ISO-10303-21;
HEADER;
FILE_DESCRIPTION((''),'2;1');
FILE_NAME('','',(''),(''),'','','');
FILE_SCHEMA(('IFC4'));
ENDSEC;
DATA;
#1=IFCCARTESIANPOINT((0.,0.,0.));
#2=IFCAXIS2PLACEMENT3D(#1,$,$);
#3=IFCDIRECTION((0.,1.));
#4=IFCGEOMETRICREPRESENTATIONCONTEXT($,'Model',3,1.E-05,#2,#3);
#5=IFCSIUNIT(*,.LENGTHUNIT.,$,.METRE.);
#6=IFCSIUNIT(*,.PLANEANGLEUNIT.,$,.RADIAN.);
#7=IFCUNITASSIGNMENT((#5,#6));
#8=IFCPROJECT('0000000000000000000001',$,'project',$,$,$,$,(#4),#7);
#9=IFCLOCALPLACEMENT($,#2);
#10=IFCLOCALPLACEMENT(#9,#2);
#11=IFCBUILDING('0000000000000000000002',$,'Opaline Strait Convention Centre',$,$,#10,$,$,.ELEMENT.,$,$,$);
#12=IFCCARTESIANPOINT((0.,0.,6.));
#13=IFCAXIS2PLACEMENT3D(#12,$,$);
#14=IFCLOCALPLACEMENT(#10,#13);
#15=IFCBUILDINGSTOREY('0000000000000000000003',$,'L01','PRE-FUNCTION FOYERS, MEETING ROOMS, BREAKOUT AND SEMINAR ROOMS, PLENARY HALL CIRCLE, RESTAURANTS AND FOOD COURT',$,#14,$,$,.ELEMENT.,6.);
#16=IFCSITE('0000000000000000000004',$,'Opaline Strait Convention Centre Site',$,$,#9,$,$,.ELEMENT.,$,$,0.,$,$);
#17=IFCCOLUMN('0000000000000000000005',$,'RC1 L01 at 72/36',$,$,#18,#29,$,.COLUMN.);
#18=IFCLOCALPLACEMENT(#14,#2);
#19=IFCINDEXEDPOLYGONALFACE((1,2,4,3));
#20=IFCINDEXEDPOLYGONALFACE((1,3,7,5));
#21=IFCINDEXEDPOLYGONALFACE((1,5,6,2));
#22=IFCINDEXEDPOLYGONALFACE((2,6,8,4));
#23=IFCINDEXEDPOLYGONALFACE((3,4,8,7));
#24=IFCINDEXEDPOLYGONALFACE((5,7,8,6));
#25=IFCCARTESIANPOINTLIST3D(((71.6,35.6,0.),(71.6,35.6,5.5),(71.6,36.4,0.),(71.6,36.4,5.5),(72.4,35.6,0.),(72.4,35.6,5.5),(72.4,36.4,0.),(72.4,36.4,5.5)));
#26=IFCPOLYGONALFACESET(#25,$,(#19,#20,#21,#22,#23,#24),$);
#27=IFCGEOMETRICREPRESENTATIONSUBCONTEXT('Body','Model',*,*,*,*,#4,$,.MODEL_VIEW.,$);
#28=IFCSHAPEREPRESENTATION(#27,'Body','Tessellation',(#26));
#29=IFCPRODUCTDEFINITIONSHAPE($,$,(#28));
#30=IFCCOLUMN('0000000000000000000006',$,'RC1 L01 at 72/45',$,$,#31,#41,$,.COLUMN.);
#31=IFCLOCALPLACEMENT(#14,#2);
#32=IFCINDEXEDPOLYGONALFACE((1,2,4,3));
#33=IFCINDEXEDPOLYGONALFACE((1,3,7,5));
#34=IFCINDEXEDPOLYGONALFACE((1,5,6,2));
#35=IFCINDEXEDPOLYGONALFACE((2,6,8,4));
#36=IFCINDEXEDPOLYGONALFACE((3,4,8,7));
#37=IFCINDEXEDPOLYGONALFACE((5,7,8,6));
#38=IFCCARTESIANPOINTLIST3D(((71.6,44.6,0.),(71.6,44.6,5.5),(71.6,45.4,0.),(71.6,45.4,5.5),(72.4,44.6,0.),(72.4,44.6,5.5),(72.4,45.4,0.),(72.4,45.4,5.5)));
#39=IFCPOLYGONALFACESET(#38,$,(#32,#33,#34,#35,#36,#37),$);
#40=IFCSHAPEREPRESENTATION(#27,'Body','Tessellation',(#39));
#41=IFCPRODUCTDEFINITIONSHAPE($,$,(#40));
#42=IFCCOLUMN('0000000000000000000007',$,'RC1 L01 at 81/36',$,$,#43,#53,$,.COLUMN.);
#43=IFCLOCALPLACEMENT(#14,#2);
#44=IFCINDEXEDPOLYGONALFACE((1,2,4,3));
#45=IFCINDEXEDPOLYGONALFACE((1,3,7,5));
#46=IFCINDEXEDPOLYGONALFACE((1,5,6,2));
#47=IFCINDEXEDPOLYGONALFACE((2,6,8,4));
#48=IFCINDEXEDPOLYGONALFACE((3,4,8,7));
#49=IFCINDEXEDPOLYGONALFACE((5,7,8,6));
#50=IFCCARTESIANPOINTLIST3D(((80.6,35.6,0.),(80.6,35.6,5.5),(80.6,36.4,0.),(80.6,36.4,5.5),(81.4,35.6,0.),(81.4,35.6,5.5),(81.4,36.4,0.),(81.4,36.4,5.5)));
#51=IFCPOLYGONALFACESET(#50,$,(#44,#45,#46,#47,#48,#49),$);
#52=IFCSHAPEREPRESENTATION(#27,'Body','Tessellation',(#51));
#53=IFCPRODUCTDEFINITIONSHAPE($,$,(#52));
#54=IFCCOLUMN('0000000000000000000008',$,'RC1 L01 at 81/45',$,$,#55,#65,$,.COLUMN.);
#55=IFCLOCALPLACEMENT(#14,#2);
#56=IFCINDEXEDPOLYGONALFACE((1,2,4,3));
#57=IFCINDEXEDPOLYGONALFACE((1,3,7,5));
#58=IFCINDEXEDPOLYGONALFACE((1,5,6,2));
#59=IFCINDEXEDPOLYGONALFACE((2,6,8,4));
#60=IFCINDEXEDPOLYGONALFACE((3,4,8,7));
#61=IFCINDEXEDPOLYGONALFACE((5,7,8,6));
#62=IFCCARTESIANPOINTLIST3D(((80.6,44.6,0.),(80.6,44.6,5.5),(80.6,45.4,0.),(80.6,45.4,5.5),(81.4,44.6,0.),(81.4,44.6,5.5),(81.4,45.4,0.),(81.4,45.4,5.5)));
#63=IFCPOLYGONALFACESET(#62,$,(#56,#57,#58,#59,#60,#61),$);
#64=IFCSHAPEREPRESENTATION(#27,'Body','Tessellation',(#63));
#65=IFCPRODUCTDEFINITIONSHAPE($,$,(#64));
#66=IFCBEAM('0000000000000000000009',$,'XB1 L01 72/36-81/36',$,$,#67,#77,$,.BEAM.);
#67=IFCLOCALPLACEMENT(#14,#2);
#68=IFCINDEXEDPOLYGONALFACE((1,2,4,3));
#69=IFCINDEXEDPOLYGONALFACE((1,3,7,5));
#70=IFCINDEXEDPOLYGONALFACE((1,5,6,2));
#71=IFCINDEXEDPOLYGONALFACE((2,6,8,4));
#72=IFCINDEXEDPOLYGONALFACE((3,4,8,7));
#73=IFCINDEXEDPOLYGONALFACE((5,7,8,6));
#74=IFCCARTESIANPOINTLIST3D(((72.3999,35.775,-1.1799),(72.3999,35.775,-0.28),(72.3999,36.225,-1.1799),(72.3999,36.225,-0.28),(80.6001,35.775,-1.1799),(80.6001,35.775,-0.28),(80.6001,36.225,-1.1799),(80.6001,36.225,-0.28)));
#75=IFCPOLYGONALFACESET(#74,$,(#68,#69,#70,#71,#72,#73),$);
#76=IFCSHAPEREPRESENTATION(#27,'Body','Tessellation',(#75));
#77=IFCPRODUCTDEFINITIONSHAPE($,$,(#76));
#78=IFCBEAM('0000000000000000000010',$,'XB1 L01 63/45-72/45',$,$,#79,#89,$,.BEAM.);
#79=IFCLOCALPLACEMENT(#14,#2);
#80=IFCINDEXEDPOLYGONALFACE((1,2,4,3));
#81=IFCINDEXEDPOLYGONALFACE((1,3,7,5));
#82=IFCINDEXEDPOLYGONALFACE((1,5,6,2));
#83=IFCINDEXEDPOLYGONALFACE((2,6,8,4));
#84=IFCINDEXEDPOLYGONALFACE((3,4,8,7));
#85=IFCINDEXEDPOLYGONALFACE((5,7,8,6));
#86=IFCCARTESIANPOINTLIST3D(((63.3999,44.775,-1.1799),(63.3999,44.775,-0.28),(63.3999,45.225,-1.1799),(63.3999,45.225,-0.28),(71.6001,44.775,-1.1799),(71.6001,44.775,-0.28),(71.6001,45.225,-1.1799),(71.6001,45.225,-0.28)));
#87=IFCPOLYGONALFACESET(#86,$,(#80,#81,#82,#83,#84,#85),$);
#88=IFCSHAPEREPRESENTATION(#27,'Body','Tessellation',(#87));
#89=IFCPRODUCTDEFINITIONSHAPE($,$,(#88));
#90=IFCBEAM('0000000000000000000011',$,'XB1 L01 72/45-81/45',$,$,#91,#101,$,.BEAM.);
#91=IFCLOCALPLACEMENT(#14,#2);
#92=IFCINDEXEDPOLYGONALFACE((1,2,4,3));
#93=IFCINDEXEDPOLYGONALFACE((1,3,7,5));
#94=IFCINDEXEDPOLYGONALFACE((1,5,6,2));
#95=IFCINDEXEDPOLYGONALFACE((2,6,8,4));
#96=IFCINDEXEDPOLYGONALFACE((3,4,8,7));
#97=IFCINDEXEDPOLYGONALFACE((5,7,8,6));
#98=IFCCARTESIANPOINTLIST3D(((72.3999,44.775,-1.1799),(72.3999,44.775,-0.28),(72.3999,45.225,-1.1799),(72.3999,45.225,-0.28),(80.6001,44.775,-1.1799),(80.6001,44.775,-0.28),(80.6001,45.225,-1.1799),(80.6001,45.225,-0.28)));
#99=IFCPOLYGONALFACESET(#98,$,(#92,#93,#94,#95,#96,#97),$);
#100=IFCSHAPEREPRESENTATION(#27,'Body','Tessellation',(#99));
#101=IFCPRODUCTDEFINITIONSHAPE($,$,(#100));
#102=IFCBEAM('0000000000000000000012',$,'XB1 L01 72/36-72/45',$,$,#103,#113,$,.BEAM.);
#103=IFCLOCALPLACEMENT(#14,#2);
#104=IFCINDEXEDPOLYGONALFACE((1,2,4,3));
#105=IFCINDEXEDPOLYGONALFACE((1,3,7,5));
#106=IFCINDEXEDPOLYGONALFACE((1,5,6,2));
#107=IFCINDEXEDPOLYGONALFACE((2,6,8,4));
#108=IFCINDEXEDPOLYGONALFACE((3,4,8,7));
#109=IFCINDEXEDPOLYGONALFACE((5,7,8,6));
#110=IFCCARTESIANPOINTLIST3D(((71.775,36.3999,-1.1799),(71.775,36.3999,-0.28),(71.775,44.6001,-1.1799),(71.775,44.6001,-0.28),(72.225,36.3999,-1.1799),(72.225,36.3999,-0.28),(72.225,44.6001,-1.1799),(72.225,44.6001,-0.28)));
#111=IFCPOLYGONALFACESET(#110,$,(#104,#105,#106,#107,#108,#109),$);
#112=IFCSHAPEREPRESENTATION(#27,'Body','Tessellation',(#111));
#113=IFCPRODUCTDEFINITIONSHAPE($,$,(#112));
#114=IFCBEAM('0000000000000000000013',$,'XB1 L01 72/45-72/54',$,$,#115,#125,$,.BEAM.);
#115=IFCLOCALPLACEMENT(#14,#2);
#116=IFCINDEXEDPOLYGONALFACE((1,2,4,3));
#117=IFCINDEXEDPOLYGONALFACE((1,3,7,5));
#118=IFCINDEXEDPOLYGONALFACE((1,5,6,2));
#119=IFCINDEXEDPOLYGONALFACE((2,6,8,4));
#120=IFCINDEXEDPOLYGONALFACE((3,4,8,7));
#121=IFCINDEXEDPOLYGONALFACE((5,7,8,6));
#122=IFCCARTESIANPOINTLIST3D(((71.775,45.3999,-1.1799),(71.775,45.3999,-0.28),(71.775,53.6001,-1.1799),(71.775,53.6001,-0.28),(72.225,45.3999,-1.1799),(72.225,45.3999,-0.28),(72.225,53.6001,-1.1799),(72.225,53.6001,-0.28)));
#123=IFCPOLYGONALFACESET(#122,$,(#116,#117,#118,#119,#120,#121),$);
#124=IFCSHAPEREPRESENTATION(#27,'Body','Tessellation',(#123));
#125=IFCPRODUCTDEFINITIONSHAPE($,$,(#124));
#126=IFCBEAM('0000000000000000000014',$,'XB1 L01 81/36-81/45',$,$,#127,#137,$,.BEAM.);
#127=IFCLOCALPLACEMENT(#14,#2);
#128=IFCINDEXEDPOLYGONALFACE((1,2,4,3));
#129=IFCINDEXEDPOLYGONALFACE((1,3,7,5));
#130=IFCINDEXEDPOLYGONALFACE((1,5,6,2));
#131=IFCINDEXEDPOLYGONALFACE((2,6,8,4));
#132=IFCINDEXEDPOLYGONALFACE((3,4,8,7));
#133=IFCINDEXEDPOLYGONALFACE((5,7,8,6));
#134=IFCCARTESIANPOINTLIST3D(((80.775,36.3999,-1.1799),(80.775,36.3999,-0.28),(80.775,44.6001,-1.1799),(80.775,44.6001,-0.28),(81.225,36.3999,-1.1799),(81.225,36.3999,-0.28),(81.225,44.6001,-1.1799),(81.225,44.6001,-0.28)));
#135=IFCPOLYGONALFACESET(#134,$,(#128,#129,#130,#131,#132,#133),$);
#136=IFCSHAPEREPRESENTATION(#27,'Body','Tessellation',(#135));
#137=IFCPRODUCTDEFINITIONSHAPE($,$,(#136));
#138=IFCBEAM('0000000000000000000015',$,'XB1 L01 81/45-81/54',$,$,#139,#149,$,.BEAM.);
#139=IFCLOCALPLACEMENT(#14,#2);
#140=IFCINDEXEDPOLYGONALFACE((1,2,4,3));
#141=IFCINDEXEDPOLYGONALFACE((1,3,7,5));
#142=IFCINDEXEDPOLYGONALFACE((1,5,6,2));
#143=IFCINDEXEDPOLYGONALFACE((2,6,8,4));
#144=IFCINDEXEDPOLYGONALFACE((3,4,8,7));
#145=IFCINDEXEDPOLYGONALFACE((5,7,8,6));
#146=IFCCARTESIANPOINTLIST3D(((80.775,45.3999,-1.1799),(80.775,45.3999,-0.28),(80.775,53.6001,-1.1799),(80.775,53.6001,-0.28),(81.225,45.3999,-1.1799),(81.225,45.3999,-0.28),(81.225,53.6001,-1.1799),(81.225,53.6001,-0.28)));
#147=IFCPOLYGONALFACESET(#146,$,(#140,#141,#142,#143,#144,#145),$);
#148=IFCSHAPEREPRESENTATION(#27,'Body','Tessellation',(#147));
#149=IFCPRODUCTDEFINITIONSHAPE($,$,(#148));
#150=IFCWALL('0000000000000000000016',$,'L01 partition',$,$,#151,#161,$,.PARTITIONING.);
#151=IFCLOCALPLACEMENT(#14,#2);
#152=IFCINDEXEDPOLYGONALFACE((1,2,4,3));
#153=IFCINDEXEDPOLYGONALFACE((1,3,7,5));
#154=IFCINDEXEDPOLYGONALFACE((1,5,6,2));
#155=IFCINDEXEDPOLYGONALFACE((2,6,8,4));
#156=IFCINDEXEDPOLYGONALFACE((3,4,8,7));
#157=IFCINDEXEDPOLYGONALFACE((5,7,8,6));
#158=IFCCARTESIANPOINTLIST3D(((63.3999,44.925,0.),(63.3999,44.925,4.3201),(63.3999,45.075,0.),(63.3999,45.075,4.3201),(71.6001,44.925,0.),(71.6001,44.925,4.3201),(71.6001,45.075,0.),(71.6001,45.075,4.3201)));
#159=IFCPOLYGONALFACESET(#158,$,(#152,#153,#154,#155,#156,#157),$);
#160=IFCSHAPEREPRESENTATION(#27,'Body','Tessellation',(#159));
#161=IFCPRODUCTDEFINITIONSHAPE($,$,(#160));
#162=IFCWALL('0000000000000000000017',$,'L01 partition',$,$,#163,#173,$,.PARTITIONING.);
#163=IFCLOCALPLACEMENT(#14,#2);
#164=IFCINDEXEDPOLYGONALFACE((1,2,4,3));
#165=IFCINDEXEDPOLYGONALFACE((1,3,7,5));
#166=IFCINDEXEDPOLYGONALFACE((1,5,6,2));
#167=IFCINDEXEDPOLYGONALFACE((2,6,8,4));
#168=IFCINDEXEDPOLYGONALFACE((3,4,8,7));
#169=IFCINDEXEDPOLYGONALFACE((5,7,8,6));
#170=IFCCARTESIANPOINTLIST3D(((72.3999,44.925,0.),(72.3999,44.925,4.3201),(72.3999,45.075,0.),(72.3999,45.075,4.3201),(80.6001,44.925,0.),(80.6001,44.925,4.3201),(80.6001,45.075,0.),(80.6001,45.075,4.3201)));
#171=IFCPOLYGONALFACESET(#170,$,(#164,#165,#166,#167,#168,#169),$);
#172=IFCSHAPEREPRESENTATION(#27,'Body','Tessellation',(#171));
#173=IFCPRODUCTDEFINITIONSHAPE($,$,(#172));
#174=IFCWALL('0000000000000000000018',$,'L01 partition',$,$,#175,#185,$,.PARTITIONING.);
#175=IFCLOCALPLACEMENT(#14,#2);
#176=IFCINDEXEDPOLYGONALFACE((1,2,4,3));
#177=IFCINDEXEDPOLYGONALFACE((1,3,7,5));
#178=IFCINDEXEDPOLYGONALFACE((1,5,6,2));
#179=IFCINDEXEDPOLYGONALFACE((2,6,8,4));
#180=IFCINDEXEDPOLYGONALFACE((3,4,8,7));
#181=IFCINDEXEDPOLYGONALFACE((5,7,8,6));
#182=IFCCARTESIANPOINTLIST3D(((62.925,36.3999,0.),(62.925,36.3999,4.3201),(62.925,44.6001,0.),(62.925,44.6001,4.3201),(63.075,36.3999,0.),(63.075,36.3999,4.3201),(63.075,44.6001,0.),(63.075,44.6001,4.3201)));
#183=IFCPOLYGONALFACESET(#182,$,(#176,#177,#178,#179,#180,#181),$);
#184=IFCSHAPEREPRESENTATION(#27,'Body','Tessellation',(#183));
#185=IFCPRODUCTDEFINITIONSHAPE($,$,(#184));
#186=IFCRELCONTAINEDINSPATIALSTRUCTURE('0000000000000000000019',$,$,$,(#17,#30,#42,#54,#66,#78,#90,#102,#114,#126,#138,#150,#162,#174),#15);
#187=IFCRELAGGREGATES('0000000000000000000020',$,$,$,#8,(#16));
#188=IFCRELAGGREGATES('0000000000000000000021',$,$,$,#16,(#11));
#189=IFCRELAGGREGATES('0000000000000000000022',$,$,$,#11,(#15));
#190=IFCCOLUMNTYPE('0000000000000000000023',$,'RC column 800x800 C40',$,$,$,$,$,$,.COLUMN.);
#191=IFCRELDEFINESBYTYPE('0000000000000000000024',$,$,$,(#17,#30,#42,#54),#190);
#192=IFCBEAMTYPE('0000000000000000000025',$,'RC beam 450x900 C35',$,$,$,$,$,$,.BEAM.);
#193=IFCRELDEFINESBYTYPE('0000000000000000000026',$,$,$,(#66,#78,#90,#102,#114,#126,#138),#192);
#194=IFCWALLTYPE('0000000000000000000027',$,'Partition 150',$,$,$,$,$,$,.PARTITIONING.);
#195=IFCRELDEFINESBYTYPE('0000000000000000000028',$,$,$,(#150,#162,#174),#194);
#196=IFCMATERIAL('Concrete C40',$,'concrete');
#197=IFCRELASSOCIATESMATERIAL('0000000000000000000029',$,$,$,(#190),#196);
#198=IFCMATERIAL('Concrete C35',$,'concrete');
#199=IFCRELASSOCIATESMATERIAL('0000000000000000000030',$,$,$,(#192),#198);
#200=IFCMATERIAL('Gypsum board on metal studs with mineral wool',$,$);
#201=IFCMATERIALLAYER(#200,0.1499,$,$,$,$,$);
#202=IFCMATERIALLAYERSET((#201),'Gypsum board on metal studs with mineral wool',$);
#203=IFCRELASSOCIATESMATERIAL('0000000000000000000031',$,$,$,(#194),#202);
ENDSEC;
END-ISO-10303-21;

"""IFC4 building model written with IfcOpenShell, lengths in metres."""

from ifc_helpers import new_model, si_unit, direction, frame, frame_2d, origin, origin_2d, place, context, subcontext, project, spatial, rectangle, extrude, material, layer, layer_set, material_profile, profile_set, type_object, element, save


model = new_model("IFC4")

# Units and contexts
model_context = context("Model", 3, precision=1e-05, world=origin(), true_north=direction((0.0, 1.0)))
body_context = subcontext(model_context, "Body", "Model", "MODEL_VIEW")
ifc_project = project(units=[si_unit("LENGTHUNIT", "METRE"), si_unit("PLANEANGLEUNIT", "RADIAN")], contexts=[model_context])

# Site, building, storey
site_placement = place(None, origin())
site = spatial("IfcSite", under=ifc_project, at=site_placement, Name="Opaline Strait Convention Centre Site", CompositionType="ELEMENT", RefElevation=0.0)
building_placement = place(site_placement, origin())
building = spatial("IfcBuilding", under=site, at=building_placement, Name="Opaline Strait Convention Centre", CompositionType="ELEMENT")
storey_placement = place(building_placement, frame((0.0, 0.0, 6.0)))
storey = spatial("IfcBuildingStorey", under=building, at=storey_placement, Name="L01", Description="PRE-FUNCTION FOYERS, MEETING ROOMS, BREAKOUT AND SEMINAR ROOMS, PLENARY HALL CIRCLE, RESTAURANTS AND FOOD COURT", CompositionType="ELEMENT", Elevation=6.0)

# Columns
ifc_material_1 = material(Name="Concrete C40", Category="concrete")
ifc_material_profile_1 = material_profile(ifc_material_1, rectangle(XDim=0.8, YDim=0.8, at=origin_2d()), Name="RC 800x800")
ifc_profile_set_1 = profile_set([ifc_material_profile_1], Name="Concrete C40")
column_type = type_object("IfcColumnType", Name="RC column 800x800 C40", PredefinedType="COLUMN", material=ifc_profile_set_1)
for number, where, z_axis, x_axis, name in (
    (1, (72.0, 36.0, 0.0), (0.0, 0.0, 1.0), (1.0, 0.0, 0.0), "RC1 L01 at 72/36"),
    (2, (72.0, 45.0, 0.0), (0.0, 0.0, 1.0), (1.0, 0.0, 0.0), "RC1 L01 at 72/45"),
    (3, (81.0, 36.0, 0.0), (0.0, 0.0, 1.0), (1.0, 0.0, 0.0), "RC1 L01 at 81/36"),
    (4, (81.0, 45.0, 0.0), (0.0, 0.0, 1.0), (1.0, 0.0, 0.0), "RC1 L01 at 81/45"),
):
    element("IfcColumn", number, at=place(storey_placement, frame(where, z_axis=z_axis, x_axis=x_axis)), inside=storey, type_object=column_type, Name=name, PredefinedType="COLUMN", context=body_context, shape_type="SweptSolid", body=[
        extrude(rectangle(XDim=0.8, YDim=0.8, at=origin_2d()), origin(), (0.0, 0.0, 1.0), 5.5),
    ])

# Beams
ifc_material_2 = material(Name="Concrete C35", Category="concrete")
ifc_material_profile_2 = material_profile(ifc_material_2, rectangle(XDim=0.45, YDim=0.8999, at=origin_2d()), Name="RC 450x900")
ifc_profile_set_2 = profile_set([ifc_material_profile_2], Name="Concrete C35")
beam_type = type_object("IfcBeamType", Name="RC beam 450x900 C35", PredefinedType="BEAM", material=ifc_profile_set_2)
for number, where, z_axis, x_axis, name in (
    (5, (72.3999, 36.0, -0.73), (1.0, 0.0, 0.0), (0.0, 1.0, 0.0), "XB1 L01 72/36-81/36"),
    (6, (63.3999, 45.0, -0.73), (1.0, 0.0, 0.0), (0.0, 1.0, 0.0), "XB1 L01 63/45-72/45"),
    (7, (72.3999, 45.0, -0.73), (1.0, 0.0, 0.0), (0.0, 1.0, 0.0), "XB1 L01 72/45-81/45"),
    (8, (72.0, 36.3999, -0.73), (0.0, 1.0, 0.0), (-1.0, 0.0, 0.0), "XB1 L01 72/36-72/45"),
    (9, (72.0, 45.3999, -0.73), (0.0, 1.0, 0.0), (-1.0, 0.0, 0.0), "XB1 L01 72/45-72/54"),
    (10, (81.0, 36.3999, -0.73), (0.0, 1.0, 0.0), (-1.0, 0.0, 0.0), "XB1 L01 81/36-81/45"),
    (11, (81.0, 45.3999, -0.73), (0.0, 1.0, 0.0), (-1.0, 0.0, 0.0), "XB1 L01 81/45-81/54"),
):
    element("IfcBeam", number, at=place(storey_placement, frame(where, z_axis=z_axis, x_axis=x_axis)), inside=storey, type_object=beam_type, Name=name, PredefinedType="BEAM", context=body_context, shape_type="SweptSolid", body=[
        extrude(rectangle(XDim=0.45, YDim=0.8999, at=origin_2d()), origin(), (0.0, 0.0, 1.0), 8.2002),
    ])

# Walls
ifc_material_3 = material(Name="Gypsum board on metal studs with mineral wool")
ifc_layer_1 = layer(ifc_material_3, 0.1499)
ifc_layer_set_1 = layer_set([ifc_layer_1], Name="Gypsum board on metal studs with mineral wool")
wall_type_1 = type_object("IfcWallType", Name="Partition 150", PredefinedType="PARTITIONING", material=ifc_layer_set_1)
for number, where, z_axis, x_axis, name in (
    (12, (63.3999, 45.0, 0.0), (0.0, 0.0, 1.0), (1.0, 0.0, 0.0), "L01 partition"),
    (13, (72.3999, 45.0, 0.0), (0.0, 0.0, 1.0), (1.0, 0.0, 0.0), "L01 partition"),
    (14, (63.0, 36.3999, 0.0), (0.0, 0.0, 1.0), (0.0, 1.0, 0.0), "L01 partition"),
):
    element("IfcWall", number, at=place(storey_placement, frame(where, z_axis=z_axis, x_axis=x_axis)), inside=storey, type_object=wall_type_1, Name=name, PredefinedType="PARTITIONING", context=body_context, shape_type="SweptSolid", body=[
        extrude(rectangle(XDim=8.2002, YDim=0.1499, at=frame_2d((4.1001, 0.0))), origin(), (0.0, 0.0, 1.0), 4.3201),
    ])

save(model, "model.ifc")
